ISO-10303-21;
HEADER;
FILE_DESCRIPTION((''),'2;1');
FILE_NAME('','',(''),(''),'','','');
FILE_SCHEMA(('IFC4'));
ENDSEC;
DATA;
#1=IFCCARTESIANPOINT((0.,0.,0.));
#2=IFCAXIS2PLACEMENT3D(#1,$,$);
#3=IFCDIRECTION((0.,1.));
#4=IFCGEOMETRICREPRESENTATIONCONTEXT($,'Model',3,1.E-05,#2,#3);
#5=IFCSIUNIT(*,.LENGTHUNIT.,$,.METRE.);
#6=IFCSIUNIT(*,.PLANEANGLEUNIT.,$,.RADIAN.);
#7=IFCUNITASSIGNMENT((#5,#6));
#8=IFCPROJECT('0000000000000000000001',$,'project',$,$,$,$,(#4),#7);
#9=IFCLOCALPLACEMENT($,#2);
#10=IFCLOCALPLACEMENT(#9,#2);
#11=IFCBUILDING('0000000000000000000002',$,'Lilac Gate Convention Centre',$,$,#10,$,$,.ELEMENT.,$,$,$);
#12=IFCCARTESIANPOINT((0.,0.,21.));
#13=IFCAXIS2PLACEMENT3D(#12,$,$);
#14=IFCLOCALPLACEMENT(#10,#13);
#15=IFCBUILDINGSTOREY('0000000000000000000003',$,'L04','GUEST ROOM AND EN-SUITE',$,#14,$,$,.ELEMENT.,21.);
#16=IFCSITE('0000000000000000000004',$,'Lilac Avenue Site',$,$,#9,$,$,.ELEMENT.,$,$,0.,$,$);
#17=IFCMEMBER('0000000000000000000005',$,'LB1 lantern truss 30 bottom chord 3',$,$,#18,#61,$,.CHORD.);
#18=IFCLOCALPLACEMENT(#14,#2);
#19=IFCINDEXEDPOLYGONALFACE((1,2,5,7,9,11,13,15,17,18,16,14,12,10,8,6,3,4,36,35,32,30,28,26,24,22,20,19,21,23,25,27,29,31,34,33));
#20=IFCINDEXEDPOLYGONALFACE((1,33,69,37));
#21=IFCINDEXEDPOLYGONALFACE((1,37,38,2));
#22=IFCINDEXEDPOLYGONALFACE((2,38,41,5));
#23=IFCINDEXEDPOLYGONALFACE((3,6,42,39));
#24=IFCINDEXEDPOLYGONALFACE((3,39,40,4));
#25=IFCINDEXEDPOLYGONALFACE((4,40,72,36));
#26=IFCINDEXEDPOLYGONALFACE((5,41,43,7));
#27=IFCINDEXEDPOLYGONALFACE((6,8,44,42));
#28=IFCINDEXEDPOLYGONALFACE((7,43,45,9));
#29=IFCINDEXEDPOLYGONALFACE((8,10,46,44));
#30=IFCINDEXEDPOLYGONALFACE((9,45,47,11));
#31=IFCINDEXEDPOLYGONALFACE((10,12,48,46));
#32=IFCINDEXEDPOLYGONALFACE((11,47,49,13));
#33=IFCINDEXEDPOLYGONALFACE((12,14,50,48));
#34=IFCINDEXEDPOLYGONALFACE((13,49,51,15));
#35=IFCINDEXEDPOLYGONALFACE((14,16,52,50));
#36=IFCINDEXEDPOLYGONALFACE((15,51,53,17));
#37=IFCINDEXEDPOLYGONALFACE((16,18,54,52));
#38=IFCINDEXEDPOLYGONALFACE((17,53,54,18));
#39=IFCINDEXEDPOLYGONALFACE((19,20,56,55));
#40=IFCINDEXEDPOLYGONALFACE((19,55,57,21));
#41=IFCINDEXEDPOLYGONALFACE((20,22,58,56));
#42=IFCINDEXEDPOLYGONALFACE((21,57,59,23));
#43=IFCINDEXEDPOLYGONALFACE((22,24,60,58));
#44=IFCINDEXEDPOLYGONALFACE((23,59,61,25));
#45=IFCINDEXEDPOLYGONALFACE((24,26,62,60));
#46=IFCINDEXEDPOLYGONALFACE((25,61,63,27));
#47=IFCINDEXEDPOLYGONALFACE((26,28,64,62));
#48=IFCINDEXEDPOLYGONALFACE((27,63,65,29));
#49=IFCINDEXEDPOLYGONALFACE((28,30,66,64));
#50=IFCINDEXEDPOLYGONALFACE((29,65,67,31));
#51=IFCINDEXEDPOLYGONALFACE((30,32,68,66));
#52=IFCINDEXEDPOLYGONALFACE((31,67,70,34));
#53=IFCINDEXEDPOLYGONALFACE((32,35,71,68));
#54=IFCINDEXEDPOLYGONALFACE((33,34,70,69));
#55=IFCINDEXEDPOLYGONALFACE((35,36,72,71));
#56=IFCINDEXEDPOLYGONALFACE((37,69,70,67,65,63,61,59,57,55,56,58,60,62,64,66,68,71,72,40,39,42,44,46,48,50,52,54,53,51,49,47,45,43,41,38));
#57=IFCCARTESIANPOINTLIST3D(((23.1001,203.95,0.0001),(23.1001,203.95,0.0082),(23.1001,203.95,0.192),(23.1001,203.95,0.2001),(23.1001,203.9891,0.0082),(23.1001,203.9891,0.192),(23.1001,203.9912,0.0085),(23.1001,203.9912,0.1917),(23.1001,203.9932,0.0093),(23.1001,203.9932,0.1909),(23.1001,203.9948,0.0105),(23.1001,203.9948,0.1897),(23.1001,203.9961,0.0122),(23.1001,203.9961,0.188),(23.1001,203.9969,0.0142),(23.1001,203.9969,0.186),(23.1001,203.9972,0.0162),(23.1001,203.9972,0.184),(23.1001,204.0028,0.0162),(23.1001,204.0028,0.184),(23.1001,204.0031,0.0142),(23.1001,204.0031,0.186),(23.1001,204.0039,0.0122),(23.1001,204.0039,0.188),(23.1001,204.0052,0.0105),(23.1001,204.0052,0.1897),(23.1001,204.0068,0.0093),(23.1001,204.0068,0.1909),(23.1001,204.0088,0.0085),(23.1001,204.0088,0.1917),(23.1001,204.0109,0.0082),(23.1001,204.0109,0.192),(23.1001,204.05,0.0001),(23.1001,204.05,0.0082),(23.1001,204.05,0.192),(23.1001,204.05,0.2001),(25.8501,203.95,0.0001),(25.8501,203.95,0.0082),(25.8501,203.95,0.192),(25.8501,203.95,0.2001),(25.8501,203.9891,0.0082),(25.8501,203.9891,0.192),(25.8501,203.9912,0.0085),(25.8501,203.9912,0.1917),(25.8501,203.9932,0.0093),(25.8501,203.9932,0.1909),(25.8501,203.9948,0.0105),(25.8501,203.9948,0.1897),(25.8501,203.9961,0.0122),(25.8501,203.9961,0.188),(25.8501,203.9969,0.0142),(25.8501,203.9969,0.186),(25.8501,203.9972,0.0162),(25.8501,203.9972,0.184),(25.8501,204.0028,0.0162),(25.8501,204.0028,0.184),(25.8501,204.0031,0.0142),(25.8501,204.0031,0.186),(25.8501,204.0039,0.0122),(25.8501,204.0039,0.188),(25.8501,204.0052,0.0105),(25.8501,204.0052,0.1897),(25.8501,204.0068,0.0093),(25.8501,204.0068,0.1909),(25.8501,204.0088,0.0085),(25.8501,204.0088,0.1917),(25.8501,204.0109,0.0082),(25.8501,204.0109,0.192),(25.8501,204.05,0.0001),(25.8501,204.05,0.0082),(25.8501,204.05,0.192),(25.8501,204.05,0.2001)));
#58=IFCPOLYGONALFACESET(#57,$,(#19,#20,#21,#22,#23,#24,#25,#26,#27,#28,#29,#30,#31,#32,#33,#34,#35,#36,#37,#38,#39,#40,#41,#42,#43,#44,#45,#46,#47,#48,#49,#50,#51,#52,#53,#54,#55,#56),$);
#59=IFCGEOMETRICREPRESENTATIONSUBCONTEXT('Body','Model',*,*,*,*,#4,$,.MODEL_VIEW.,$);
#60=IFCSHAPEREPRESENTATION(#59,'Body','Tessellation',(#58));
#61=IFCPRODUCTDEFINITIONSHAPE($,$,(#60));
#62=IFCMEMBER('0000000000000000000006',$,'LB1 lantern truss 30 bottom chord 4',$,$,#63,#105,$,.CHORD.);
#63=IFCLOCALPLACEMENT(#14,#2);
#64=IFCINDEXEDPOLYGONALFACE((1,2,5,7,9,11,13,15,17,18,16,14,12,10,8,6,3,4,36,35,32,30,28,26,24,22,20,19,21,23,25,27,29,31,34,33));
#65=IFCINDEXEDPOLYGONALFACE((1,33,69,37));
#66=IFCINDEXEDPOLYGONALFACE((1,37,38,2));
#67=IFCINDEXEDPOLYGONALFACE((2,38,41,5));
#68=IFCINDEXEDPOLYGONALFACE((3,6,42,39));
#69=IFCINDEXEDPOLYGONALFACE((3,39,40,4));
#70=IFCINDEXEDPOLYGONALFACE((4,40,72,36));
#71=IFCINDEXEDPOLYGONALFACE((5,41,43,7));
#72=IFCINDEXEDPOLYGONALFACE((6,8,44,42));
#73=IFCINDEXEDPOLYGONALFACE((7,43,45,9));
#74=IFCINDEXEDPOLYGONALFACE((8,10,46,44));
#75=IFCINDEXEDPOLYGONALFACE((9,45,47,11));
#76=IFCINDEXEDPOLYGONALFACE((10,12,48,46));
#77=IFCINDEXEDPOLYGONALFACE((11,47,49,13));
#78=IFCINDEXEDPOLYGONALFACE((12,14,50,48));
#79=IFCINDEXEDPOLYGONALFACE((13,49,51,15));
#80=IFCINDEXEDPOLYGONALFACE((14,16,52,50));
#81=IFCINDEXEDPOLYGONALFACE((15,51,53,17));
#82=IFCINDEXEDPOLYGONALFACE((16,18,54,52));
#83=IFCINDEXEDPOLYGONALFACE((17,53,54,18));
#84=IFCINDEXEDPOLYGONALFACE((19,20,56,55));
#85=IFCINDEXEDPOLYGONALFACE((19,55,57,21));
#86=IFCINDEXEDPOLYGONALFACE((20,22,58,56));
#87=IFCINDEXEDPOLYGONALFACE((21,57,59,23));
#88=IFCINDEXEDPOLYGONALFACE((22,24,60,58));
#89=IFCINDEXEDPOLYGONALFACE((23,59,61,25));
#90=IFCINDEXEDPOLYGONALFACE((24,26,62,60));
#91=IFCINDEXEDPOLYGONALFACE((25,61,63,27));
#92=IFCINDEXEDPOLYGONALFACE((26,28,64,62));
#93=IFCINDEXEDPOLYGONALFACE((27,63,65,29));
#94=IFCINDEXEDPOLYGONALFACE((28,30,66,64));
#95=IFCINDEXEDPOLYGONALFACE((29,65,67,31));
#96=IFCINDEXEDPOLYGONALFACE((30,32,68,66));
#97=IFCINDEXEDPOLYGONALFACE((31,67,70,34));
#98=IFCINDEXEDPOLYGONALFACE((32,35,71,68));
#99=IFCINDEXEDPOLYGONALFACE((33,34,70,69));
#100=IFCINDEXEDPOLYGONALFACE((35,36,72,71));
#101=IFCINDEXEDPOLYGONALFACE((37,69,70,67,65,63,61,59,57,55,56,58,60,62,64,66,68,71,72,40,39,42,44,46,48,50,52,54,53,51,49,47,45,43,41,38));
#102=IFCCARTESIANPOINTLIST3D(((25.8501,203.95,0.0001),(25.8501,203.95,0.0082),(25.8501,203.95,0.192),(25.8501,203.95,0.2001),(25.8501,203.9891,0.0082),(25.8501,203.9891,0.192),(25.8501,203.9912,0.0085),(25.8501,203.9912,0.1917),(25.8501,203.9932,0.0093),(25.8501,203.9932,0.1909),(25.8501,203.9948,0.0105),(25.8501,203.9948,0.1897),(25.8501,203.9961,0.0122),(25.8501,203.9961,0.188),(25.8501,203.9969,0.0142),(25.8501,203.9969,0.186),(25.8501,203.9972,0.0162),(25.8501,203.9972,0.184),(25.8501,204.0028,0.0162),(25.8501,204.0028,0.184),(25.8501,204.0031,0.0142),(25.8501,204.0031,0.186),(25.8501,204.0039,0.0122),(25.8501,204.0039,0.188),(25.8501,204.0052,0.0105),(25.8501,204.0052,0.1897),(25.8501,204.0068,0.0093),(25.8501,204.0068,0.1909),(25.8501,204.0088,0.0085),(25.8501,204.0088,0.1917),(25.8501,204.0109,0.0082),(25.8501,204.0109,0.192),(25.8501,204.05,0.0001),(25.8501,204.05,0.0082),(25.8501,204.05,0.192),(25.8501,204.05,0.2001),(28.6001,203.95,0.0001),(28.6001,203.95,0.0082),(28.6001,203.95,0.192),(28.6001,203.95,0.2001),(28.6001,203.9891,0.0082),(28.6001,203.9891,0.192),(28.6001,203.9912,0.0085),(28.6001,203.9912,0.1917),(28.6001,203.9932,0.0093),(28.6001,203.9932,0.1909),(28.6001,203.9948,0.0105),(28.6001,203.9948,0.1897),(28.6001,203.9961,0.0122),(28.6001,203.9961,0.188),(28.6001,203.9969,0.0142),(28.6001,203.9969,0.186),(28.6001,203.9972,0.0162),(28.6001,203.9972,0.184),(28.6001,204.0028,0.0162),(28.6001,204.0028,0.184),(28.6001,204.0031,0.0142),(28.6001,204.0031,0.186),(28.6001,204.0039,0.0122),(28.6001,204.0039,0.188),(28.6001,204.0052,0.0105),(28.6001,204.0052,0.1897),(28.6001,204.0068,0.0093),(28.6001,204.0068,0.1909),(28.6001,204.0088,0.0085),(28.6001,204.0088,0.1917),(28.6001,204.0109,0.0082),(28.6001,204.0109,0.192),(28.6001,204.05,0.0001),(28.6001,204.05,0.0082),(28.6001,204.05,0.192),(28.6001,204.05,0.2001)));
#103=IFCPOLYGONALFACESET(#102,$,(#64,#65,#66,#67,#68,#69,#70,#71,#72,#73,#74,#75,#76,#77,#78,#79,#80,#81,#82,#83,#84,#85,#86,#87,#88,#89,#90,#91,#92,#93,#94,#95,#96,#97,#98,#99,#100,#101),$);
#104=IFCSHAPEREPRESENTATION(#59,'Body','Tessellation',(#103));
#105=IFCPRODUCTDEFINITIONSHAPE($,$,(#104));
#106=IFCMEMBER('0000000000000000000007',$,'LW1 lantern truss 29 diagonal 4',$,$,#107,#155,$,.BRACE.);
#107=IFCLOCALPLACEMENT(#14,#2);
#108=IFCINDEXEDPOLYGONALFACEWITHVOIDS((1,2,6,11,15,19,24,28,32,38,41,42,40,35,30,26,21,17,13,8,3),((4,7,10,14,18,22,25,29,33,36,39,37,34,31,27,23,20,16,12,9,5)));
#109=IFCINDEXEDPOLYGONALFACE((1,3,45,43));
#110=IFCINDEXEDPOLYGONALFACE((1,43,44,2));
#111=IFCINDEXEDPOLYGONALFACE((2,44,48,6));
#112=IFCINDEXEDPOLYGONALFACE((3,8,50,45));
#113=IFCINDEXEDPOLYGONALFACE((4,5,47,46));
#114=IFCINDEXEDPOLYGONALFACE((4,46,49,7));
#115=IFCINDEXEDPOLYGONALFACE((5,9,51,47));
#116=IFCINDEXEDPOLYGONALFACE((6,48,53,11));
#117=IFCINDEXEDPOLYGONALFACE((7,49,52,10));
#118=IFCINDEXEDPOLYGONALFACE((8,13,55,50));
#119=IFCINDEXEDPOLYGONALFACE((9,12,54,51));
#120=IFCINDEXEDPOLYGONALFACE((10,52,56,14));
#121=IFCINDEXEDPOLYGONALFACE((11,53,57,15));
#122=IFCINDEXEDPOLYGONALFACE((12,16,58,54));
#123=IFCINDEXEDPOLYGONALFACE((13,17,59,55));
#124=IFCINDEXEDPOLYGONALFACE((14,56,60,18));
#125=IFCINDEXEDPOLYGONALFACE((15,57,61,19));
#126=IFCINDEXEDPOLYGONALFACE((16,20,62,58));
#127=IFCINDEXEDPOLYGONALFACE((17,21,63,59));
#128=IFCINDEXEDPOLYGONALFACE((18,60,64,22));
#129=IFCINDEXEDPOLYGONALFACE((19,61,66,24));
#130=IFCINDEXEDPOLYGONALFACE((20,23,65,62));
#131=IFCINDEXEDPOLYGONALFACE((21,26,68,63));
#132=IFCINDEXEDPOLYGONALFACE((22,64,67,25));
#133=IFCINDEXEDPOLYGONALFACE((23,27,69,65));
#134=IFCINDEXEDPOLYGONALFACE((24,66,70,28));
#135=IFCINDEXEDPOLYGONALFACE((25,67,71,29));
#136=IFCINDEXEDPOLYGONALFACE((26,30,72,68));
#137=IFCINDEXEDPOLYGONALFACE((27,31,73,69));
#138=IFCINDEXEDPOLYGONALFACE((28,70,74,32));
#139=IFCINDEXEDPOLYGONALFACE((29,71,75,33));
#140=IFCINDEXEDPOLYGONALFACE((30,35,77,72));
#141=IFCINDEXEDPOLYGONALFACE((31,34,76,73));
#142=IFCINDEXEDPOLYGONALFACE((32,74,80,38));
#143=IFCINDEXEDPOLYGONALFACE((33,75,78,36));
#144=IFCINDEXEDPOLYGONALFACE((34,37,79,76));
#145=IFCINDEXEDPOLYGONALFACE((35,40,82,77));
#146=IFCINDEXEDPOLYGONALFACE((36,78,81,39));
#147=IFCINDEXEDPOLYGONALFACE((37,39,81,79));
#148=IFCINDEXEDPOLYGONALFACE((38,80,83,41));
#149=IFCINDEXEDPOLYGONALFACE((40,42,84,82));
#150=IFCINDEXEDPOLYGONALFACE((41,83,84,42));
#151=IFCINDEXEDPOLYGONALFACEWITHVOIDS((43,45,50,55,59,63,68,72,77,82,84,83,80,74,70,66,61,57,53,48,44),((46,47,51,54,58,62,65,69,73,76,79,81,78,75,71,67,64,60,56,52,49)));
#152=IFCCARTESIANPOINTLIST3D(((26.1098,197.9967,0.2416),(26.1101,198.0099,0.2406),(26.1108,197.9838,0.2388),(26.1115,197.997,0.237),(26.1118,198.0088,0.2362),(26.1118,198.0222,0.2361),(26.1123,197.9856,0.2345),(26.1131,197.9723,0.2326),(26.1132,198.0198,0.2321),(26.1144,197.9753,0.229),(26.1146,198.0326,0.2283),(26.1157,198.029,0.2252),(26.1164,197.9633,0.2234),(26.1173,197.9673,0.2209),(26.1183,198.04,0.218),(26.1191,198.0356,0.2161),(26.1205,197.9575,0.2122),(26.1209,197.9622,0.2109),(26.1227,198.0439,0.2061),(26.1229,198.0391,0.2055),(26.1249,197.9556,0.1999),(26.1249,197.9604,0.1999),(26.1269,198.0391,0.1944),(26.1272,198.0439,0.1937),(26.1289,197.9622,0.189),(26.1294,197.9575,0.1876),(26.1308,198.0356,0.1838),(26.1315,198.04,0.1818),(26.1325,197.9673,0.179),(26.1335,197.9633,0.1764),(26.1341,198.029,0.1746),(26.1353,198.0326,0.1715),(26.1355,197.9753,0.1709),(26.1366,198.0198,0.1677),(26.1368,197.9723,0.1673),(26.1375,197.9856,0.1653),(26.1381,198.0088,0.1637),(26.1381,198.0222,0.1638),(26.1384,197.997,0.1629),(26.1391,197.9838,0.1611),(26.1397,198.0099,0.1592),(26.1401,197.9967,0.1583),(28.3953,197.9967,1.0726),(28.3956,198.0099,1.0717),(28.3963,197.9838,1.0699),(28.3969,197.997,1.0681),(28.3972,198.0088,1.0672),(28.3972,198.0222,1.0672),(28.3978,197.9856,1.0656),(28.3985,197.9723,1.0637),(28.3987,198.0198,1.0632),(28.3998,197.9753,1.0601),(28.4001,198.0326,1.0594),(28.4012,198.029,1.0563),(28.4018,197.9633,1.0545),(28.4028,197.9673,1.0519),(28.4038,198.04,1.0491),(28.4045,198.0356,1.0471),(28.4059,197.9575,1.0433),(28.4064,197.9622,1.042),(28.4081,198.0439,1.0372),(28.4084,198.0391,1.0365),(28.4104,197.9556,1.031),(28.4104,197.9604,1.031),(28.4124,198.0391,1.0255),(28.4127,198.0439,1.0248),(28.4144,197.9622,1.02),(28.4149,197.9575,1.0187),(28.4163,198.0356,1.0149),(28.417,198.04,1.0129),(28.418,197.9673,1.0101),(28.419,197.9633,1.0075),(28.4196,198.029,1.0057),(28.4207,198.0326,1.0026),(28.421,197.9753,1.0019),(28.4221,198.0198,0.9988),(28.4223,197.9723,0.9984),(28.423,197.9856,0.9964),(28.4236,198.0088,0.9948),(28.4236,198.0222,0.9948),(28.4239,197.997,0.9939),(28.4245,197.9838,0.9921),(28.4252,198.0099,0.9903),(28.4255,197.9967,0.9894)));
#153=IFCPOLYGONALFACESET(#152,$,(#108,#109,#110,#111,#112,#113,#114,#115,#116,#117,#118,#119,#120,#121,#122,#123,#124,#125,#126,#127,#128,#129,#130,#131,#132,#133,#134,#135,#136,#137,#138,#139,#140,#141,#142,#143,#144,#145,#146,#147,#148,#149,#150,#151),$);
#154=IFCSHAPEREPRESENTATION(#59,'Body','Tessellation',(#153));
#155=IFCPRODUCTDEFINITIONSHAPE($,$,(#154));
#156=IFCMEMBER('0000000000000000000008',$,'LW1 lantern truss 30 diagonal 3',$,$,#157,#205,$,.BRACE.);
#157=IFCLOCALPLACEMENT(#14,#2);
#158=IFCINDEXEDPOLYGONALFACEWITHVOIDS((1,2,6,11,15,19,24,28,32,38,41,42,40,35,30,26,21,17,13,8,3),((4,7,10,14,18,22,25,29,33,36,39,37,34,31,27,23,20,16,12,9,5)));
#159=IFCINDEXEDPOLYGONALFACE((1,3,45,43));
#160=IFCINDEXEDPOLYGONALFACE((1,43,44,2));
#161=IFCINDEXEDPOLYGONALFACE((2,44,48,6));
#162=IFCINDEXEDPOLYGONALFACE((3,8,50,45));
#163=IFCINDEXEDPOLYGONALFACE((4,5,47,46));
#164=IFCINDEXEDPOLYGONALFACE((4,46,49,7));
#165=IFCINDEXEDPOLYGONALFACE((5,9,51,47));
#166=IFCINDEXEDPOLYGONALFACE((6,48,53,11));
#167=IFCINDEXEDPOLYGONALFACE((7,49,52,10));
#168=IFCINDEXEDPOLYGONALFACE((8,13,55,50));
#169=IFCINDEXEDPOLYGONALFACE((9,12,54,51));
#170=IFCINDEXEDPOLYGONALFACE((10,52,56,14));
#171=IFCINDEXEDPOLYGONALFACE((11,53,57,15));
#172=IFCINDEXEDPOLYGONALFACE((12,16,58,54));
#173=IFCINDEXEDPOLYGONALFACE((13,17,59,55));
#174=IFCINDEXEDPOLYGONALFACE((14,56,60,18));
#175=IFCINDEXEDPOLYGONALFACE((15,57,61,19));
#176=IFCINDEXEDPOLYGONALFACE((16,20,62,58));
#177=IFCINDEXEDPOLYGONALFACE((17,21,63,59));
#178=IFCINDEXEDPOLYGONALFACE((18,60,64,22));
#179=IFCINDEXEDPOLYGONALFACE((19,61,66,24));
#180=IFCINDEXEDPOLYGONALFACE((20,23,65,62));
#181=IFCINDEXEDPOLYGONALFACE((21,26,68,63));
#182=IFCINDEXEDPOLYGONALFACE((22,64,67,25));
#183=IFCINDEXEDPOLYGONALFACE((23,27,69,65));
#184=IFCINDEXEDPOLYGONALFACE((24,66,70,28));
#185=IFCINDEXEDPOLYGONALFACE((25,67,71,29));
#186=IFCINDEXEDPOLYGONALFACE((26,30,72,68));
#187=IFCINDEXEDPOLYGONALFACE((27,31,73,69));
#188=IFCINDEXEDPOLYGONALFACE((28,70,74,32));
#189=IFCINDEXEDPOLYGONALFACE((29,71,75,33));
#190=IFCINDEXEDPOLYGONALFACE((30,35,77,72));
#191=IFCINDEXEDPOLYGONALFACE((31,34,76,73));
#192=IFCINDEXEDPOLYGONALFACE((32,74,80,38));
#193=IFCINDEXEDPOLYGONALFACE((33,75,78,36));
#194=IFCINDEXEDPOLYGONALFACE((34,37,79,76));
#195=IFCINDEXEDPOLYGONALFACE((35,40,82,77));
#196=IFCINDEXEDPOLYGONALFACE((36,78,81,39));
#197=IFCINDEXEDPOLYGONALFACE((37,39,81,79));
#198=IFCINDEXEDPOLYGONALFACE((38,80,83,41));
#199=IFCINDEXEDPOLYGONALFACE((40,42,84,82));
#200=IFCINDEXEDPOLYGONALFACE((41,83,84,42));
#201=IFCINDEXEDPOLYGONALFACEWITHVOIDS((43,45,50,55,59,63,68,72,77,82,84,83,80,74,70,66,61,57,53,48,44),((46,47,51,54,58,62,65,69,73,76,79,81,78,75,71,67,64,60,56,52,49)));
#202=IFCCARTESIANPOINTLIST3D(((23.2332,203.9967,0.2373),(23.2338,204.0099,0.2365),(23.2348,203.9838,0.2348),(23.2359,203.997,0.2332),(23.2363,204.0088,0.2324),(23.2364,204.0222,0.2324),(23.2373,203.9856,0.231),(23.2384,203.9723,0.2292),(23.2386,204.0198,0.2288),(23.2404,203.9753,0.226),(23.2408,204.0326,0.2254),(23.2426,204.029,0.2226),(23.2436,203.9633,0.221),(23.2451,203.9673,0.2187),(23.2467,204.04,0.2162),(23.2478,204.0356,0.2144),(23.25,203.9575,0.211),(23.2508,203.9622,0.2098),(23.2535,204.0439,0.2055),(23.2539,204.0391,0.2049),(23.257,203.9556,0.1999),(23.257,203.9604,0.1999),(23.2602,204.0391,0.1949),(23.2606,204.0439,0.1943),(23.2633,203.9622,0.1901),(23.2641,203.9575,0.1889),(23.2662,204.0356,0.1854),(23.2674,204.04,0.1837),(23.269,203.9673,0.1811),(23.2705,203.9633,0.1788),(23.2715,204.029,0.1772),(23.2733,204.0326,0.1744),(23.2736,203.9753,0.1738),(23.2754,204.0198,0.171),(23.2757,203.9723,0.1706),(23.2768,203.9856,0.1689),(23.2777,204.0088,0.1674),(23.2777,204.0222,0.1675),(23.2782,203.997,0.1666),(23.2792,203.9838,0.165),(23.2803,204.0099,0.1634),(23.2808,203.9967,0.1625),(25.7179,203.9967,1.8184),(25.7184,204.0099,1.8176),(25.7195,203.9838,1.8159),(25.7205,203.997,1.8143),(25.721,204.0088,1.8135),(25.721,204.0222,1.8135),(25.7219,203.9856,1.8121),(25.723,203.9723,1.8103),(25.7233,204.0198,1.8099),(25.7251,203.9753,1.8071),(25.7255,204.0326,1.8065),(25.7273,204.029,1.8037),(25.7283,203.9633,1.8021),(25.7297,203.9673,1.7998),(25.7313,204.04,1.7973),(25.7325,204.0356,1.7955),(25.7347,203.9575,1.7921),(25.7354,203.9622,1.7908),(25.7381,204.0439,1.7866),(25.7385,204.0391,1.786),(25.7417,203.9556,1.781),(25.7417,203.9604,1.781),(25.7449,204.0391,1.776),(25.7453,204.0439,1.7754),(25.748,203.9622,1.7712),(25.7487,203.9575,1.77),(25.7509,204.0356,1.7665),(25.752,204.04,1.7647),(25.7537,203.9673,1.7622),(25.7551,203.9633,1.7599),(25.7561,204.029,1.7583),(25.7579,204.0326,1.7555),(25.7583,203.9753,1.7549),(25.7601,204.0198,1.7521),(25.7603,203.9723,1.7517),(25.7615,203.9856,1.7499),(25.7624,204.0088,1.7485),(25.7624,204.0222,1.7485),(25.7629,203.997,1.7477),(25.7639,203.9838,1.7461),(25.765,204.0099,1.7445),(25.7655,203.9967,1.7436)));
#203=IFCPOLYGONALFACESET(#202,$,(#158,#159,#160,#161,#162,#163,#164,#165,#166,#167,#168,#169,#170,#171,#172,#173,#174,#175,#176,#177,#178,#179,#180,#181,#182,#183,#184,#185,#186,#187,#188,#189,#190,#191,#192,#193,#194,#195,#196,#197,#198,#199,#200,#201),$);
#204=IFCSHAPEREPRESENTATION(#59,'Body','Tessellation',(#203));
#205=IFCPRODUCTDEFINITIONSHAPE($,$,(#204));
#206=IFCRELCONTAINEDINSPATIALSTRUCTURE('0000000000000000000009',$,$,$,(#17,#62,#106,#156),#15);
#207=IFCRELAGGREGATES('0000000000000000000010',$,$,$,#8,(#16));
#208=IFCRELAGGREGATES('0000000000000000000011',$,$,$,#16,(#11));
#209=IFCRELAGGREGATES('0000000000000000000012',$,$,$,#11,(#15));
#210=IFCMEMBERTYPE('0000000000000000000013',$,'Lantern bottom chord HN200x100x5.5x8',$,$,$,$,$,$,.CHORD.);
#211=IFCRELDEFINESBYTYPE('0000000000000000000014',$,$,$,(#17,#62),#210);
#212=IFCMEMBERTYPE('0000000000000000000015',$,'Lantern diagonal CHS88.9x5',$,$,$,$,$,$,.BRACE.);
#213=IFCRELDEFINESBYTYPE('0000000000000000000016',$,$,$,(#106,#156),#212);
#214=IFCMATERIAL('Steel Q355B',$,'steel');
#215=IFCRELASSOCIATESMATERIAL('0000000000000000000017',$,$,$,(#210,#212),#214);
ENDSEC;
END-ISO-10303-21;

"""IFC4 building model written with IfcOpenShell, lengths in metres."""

from ifc_helpers import new_model, si_unit, direction, frame, origin, origin_2d, place, context, subcontext, project, spatial, hollow_circle, i_section, extrude, material, material_profile, profile_set, type_object, element, save


model = new_model("IFC4")

# Units and contexts
model_context = context("Model", 3, precision=1e-05, world=origin(), true_north=direction((0.0, 1.0)))
body_context = subcontext(model_context, "Body", "Model", "MODEL_VIEW")
ifc_project = project(units=[si_unit("LENGTHUNIT", "METRE"), si_unit("PLANEANGLEUNIT", "RADIAN")], contexts=[model_context])

# Site, building, storey
site_placement = place(None, origin())
site = spatial("IfcSite", under=ifc_project, at=site_placement, Name="Lilac Avenue Site", CompositionType="ELEMENT", RefElevation=0.0)
building_placement = place(site_placement, origin())
building = spatial("IfcBuilding", under=site, at=building_placement, Name="Lilac Gate Convention Centre", CompositionType="ELEMENT")
storey_placement = place(building_placement, frame((0.0, 0.0, 21.0)))
storey = spatial("IfcBuildingStorey", under=building, at=storey_placement, Name="L04", Description="GUEST ROOM AND EN-SUITE", CompositionType="ELEMENT", Elevation=21.0)

# Members
ifc_material_1 = material(Name="Steel Q355B", Category="steel")
ifc_material_profile_1 = material_profile(ifc_material_1, i_section(OverallWidth=0.1001, OverallDepth=0.2, WebThickness=0.0056, FlangeThickness=0.0081, FilletRadius=0.0081, at=origin_2d()), Name="HN200x100x5.5x8")
ifc_profile_set_1 = profile_set([ifc_material_profile_1], Name="Steel Q355B")
member_type_1 = type_object("IfcMemberType", Name="Lantern bottom chord HN200x100x5.5x8", PredefinedType="CHORD", material=ifc_profile_set_1)
for number, where, z_axis, x_axis, name in (
    (1, (23.1001, 204.0, 0.1001), (1.0, 0.0, 0.0), (0.0, 1.0, 0.0), "LB1 lantern truss 30 bottom chord 3"),
    (2, (25.8501, 204.0, 0.1001), (1.0, 0.0, 0.0), (0.0, 1.0, 0.0), "LB1 lantern truss 30 bottom chord 4"),
):
    element("IfcMember", number, at=place(storey_placement, frame(where, z_axis=z_axis, x_axis=x_axis)), inside=storey, type_object=member_type_1, Name=name, PredefinedType="CHORD", context=body_context, shape_type="SweptSolid", body=[
        extrude(i_section(OverallWidth=0.1001, OverallDepth=0.2, WebThickness=0.0056, FlangeThickness=0.0081, FilletRadius=0.0081, at=origin_2d()), origin(), (0.0, 0.0, 1.0), 2.75),
    ])
ifc_material_profile_2 = material_profile(ifc_material_1, hollow_circle(Radius=0.0444, WallThickness=0.0049, at=origin_2d()), Name="CHS88.9x5")
ifc_profile_set_2 = profile_set([ifc_material_profile_2], Name="Steel Q355B")
member_type_2 = type_object("IfcMemberType", Name="Lantern diagonal CHS88.9x5", PredefinedType="BRACE", material=ifc_profile_set_2)
member_1_placement = place(storey_placement, frame((28.4104, 198.0, 1.031), z_axis=(-0.939793, 0.0, -0.341743), x_axis=(0.0, -1.0, 0.0)))
element("IfcMember", 3, at=member_1_placement, inside=storey, type_object=member_type_2, Name="LW1 lantern truss 29 diagonal 4", PredefinedType="BRACE", context=body_context, shape_type="SweptSolid", body=[
    extrude(hollow_circle(Radius=0.0444, WallThickness=0.0049, at=origin_2d()), origin(), (0.0, 0.0, 1.0), 2.4319),
])
member_2_placement = place(storey_placement, frame((25.7417, 204.0, 1.781), z_axis=(-0.843672, 0.0, -0.536859), x_axis=(0.0, -1.0, 0.0)))
element("IfcMember", 4, at=member_2_placement, inside=storey, type_object=member_type_2, Name="LW1 lantern truss 30 diagonal 3", PredefinedType="BRACE", context=body_context, shape_type="SweptSolid", body=[
    extrude(hollow_circle(Radius=0.0444, WallThickness=0.0049, at=origin_2d()), origin(), (0.0, 0.0, 1.0), 2.9451),
])

save(model, "model.ifc")
